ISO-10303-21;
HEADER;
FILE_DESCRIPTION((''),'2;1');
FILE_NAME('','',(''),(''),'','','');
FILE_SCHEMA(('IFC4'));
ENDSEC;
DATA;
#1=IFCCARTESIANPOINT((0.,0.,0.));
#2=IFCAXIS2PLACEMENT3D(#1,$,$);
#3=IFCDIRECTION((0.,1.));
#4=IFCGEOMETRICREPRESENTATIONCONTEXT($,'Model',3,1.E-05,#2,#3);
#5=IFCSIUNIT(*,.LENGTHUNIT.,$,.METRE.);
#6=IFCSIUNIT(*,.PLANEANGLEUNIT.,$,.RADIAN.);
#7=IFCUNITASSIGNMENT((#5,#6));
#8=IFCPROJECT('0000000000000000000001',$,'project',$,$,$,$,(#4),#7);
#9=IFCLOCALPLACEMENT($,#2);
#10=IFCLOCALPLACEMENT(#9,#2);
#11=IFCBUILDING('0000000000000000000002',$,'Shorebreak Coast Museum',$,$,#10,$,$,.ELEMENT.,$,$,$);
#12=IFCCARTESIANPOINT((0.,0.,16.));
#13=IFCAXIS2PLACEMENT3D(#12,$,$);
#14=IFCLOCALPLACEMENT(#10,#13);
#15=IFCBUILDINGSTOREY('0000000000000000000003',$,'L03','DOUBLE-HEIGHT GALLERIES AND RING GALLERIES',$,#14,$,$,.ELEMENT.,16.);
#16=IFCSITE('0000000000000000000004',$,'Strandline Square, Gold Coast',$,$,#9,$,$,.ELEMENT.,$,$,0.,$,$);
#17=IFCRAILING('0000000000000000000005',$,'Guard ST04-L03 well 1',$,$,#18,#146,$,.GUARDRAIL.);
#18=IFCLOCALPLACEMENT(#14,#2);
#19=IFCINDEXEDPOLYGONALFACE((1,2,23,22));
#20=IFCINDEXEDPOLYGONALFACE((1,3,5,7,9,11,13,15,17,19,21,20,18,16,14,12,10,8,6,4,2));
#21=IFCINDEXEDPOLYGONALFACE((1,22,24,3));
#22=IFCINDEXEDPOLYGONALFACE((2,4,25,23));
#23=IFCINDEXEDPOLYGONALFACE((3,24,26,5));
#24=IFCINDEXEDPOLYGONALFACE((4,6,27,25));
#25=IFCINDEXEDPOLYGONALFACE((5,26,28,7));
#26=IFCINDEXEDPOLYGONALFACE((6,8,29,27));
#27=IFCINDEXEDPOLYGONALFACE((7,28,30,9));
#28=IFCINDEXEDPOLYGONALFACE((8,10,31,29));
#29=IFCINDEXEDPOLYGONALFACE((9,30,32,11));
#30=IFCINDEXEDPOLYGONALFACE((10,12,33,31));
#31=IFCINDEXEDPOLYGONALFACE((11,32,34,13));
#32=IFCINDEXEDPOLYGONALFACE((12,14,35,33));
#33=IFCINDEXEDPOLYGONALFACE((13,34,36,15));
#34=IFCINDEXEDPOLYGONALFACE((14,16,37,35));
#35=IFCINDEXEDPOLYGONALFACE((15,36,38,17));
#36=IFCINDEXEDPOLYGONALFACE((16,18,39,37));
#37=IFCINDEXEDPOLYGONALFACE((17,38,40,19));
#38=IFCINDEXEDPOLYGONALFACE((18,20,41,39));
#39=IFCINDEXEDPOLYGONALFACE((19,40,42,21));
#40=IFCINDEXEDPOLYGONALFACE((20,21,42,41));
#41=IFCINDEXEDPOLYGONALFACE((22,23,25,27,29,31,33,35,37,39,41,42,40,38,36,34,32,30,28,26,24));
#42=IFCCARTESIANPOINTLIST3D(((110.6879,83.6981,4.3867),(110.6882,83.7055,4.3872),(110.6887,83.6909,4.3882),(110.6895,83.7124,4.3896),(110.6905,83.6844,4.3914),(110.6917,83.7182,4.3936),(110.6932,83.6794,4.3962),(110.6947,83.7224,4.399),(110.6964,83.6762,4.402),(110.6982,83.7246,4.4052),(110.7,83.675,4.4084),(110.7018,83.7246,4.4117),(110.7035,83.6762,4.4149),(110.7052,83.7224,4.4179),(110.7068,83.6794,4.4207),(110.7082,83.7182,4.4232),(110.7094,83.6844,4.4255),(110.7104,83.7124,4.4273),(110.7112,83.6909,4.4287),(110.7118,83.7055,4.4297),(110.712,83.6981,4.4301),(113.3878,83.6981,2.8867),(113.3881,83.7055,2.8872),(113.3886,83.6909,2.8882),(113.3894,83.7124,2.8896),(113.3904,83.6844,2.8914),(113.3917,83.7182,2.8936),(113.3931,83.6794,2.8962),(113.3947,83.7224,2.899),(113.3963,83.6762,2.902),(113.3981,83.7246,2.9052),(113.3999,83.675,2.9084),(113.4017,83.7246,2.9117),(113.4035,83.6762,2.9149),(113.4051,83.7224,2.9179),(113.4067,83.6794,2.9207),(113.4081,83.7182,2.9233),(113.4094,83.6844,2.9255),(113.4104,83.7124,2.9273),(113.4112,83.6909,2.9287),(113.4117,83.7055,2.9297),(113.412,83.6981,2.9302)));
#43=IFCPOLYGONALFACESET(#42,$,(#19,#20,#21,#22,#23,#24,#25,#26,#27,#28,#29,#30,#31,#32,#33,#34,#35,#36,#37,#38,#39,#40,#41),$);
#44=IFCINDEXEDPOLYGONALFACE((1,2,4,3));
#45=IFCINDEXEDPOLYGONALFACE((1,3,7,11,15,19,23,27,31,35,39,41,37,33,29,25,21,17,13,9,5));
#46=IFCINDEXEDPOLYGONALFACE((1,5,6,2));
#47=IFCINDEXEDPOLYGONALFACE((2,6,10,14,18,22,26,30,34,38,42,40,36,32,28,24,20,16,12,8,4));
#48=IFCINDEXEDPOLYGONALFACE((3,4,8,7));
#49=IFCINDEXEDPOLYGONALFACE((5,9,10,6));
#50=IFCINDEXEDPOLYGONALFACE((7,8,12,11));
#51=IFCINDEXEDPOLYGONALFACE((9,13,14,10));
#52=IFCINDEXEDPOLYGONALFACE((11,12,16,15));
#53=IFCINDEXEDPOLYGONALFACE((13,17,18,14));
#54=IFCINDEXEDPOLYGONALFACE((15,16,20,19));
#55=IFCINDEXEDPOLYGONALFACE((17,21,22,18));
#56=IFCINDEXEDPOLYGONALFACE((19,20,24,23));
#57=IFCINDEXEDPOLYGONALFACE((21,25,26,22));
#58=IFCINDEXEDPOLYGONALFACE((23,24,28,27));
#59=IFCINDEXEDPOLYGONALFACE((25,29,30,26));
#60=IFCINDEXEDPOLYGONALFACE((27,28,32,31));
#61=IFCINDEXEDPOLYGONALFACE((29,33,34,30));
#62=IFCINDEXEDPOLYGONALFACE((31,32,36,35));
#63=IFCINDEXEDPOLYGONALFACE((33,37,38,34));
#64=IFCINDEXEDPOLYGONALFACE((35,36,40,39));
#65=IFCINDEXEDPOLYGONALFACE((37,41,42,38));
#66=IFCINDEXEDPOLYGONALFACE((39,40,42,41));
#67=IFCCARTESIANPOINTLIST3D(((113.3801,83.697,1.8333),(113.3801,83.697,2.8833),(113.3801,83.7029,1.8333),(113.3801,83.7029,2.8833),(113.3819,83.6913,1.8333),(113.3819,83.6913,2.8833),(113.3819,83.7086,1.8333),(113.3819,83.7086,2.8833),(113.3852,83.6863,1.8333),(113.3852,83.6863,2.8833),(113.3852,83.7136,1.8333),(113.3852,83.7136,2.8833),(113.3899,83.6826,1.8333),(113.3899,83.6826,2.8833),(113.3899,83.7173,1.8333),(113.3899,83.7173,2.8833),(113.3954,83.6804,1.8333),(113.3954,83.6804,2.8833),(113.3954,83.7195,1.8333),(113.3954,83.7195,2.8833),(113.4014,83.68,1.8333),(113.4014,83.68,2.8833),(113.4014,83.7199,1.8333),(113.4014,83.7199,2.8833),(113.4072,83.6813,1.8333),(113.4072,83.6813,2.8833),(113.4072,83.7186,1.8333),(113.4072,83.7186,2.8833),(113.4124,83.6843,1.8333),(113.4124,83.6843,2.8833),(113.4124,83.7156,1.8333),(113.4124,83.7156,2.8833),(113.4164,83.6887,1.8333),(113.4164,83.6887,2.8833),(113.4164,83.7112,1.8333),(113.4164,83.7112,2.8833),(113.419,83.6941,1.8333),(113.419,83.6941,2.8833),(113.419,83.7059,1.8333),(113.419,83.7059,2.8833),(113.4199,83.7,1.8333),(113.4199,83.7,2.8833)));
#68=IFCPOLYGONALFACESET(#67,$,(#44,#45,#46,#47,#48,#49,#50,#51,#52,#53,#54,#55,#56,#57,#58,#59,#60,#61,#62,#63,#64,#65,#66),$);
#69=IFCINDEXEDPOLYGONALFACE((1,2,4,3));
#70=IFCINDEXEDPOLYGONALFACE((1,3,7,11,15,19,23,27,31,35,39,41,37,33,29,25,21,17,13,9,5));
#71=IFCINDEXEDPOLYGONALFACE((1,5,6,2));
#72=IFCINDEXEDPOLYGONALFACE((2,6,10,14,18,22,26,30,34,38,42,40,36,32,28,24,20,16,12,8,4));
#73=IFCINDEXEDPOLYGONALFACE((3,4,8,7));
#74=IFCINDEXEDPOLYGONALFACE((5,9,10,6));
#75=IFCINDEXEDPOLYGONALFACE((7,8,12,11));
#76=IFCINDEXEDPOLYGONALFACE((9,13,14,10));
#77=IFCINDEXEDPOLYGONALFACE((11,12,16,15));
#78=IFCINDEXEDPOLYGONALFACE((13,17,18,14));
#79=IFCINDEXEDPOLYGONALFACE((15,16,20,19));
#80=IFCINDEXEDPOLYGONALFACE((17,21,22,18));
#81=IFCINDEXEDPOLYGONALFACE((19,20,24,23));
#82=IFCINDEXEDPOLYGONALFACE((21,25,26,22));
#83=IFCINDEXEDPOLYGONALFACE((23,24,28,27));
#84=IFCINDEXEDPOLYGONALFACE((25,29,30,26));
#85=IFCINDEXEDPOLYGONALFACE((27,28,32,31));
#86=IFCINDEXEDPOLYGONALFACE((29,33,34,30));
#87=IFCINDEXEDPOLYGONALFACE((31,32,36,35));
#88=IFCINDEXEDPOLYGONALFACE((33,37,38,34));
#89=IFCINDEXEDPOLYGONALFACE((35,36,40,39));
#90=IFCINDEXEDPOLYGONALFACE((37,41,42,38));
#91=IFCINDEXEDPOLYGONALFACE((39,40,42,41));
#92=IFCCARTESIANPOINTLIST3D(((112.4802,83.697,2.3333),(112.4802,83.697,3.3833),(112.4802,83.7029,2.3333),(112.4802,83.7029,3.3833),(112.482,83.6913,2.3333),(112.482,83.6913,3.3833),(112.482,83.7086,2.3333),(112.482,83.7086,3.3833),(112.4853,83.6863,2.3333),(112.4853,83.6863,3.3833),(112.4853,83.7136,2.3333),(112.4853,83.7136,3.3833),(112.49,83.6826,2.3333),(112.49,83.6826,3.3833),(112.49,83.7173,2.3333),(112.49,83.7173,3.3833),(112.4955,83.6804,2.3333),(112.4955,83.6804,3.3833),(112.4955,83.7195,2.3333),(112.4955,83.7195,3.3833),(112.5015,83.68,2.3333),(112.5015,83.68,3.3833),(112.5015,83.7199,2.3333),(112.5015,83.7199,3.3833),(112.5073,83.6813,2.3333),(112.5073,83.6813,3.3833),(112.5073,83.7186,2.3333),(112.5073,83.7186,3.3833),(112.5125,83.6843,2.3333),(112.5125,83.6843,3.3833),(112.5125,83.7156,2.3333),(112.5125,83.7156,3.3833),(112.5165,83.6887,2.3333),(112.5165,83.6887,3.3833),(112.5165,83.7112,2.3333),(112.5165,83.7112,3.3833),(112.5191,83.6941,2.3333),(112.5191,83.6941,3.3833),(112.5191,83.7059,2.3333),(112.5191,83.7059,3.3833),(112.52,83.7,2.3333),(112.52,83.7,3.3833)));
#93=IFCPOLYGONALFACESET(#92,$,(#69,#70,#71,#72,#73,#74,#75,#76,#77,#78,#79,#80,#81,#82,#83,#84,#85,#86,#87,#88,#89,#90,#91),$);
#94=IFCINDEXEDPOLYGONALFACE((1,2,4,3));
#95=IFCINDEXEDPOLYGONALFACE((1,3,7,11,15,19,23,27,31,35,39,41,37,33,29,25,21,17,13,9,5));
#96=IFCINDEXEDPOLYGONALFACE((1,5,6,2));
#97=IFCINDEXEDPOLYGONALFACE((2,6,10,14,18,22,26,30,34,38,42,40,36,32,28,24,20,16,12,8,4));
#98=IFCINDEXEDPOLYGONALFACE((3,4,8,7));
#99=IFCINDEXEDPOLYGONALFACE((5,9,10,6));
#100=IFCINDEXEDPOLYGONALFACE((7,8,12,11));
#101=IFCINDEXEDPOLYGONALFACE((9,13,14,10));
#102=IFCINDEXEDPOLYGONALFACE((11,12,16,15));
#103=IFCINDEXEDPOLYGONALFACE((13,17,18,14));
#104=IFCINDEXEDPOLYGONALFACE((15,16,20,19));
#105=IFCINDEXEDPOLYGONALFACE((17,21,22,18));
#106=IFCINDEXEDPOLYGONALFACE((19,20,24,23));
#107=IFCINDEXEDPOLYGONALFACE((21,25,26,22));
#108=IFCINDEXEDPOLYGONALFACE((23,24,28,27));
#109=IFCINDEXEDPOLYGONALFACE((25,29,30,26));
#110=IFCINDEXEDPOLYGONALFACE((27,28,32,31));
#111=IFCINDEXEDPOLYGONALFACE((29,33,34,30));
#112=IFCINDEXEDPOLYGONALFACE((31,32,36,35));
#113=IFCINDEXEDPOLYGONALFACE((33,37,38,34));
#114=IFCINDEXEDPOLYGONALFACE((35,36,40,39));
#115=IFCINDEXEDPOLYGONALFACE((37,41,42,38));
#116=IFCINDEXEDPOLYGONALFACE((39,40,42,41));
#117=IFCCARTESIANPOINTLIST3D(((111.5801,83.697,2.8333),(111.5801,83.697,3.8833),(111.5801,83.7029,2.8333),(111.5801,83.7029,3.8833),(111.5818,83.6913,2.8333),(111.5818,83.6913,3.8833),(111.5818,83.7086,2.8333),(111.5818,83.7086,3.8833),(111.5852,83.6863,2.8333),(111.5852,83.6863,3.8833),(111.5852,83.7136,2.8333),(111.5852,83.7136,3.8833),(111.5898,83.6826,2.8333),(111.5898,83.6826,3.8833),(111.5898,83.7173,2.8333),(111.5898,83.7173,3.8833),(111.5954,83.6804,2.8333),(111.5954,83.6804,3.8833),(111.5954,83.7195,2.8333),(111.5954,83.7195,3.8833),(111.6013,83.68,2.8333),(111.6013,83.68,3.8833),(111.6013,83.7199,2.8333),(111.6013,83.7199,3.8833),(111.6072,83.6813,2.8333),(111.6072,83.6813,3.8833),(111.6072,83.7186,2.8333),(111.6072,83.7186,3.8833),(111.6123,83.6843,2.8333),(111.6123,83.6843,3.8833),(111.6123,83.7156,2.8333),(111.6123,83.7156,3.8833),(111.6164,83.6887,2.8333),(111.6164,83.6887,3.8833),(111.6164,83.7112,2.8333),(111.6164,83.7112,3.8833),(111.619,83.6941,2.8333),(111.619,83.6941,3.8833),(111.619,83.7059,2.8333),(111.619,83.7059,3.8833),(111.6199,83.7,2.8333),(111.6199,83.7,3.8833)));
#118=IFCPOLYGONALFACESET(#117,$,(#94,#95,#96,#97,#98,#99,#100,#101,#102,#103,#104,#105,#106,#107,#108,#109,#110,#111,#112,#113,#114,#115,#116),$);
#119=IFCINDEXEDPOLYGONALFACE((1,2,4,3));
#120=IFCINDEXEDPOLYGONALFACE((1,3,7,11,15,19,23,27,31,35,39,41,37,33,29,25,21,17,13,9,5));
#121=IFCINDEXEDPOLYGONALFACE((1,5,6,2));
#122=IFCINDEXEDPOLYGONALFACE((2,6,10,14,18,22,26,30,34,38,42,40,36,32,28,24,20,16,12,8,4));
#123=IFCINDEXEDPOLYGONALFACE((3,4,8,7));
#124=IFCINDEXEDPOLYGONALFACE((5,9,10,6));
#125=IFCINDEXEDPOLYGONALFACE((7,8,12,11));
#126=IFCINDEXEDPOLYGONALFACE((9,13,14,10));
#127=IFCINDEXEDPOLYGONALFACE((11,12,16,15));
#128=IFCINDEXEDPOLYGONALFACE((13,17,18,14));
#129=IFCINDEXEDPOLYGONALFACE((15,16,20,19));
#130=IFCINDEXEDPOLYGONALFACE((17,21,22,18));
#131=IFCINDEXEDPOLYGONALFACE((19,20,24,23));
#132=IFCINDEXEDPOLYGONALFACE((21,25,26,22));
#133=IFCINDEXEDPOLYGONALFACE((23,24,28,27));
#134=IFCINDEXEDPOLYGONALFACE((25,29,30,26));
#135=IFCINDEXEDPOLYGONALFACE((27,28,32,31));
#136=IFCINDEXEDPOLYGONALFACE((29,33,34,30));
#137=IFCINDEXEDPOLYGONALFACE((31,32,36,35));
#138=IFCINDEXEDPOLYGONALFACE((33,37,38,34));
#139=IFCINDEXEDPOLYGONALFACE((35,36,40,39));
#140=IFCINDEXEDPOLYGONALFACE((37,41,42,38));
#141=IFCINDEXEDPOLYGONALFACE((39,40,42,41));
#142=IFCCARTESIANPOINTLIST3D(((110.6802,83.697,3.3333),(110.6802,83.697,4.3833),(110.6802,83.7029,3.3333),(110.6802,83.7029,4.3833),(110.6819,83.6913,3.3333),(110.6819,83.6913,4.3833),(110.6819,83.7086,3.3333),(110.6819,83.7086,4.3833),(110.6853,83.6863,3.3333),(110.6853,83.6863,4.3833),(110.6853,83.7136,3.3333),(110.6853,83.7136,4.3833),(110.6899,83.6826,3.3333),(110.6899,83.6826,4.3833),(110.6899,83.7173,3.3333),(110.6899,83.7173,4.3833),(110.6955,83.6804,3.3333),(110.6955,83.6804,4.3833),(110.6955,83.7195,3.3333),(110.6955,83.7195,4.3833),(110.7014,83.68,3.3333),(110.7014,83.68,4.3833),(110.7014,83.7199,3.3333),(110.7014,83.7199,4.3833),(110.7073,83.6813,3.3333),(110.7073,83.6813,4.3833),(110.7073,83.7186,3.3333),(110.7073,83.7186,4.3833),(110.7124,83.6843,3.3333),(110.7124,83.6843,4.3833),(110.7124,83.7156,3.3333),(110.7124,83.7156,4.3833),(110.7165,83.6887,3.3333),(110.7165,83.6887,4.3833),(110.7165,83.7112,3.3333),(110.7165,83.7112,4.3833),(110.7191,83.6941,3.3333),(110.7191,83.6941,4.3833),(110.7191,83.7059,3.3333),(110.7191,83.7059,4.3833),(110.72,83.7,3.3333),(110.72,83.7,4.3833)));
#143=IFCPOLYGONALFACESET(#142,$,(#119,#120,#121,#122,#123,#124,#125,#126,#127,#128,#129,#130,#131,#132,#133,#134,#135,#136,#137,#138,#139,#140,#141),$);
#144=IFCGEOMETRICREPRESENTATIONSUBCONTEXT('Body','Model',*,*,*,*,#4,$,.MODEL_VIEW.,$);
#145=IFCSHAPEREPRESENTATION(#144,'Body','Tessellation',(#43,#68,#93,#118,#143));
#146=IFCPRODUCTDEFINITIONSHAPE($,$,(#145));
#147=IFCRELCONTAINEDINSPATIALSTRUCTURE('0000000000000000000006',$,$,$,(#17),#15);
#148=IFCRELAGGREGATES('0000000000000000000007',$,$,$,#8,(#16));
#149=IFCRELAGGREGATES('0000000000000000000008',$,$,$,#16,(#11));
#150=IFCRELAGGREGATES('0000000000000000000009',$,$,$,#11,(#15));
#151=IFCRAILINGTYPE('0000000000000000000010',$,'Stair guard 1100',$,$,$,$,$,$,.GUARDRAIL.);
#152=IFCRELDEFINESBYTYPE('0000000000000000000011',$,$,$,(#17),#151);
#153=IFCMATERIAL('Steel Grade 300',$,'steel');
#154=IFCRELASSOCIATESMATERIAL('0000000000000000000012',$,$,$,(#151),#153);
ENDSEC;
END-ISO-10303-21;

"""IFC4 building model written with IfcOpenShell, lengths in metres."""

from ifc_helpers import new_model, si_unit, direction, frame, origin, origin_2d, place, context, subcontext, project, spatial, circle, extrude, material, type_object, element, save


model = new_model("IFC4")

# Units and contexts
model_context = context("Model", 3, precision=1e-05, world=origin(), true_north=direction((0.0, 1.0)))
body_context = subcontext(model_context, "Body", "Model", "MODEL_VIEW")
ifc_project = project(units=[si_unit("LENGTHUNIT", "METRE"), si_unit("PLANEANGLEUNIT", "RADIAN")], contexts=[model_context])

# Site, building, storey
site_placement = place(None, origin())
site = spatial("IfcSite", under=ifc_project, at=site_placement, Name="Strandline Square, Gold Coast", CompositionType="ELEMENT", RefElevation=0.0)
building_placement = place(site_placement, origin())
building = spatial("IfcBuilding", under=site, at=building_placement, Name="Shorebreak Coast Museum", CompositionType="ELEMENT")
storey_placement = place(building_placement, frame((0.0, 0.0, 16.0)))
storey = spatial("IfcBuildingStorey", under=building, at=storey_placement, Name="L03", Description="DOUBLE-HEIGHT GALLERIES AND RING GALLERIES", CompositionType="ELEMENT", Elevation=16.0)

# Railing
ifc_material_1 = material(Name="Steel Grade 300", Category="steel")
railing_type_1 = type_object("IfcRailingType", Name="Stair guard 1100", PredefinedType="GUARDRAIL", material=ifc_material_1)
for number, where, name in (
    (1, (113.3999, 83.7, 1.8333), "Guard ST04-L03 well 1"),
):
    element("IfcRailing", number, at=place(storey_placement, frame(where)), inside=storey, type_object=railing_type_1, Name=name, PredefinedType="GUARDRAIL", context=body_context, shape_type="SweptSolid", body=[
        extrude(circle(Radius=0.0249, at=origin_2d()), frame((0.0, 0.0, 1.0752), z_axis=(-0.874154, 0.0, 0.48565), x_axis=(0.0, -1.0, 0.0)), (0.0, 0.0, 1.0), 3.0886),
        extrude(circle(Radius=0.02, at=origin_2d()), origin(), (0.0, 0.0, 1.0), 1.05),
        extrude(circle(Radius=0.02, at=origin_2d()), frame((-0.8999, 0.0, 0.5)), (0.0, 0.0, 1.0), 1.05),
        extrude(circle(Radius=0.02, at=origin_2d()), frame((-1.8, 0.0, 1.0)), (0.0, 0.0, 1.0), 1.05),
        extrude(circle(Radius=0.02, at=origin_2d()), frame((-2.7, 0.0, 1.5)), (0.0, 0.0, 1.0), 1.05),
    ])

save(model, "model.ifc")
